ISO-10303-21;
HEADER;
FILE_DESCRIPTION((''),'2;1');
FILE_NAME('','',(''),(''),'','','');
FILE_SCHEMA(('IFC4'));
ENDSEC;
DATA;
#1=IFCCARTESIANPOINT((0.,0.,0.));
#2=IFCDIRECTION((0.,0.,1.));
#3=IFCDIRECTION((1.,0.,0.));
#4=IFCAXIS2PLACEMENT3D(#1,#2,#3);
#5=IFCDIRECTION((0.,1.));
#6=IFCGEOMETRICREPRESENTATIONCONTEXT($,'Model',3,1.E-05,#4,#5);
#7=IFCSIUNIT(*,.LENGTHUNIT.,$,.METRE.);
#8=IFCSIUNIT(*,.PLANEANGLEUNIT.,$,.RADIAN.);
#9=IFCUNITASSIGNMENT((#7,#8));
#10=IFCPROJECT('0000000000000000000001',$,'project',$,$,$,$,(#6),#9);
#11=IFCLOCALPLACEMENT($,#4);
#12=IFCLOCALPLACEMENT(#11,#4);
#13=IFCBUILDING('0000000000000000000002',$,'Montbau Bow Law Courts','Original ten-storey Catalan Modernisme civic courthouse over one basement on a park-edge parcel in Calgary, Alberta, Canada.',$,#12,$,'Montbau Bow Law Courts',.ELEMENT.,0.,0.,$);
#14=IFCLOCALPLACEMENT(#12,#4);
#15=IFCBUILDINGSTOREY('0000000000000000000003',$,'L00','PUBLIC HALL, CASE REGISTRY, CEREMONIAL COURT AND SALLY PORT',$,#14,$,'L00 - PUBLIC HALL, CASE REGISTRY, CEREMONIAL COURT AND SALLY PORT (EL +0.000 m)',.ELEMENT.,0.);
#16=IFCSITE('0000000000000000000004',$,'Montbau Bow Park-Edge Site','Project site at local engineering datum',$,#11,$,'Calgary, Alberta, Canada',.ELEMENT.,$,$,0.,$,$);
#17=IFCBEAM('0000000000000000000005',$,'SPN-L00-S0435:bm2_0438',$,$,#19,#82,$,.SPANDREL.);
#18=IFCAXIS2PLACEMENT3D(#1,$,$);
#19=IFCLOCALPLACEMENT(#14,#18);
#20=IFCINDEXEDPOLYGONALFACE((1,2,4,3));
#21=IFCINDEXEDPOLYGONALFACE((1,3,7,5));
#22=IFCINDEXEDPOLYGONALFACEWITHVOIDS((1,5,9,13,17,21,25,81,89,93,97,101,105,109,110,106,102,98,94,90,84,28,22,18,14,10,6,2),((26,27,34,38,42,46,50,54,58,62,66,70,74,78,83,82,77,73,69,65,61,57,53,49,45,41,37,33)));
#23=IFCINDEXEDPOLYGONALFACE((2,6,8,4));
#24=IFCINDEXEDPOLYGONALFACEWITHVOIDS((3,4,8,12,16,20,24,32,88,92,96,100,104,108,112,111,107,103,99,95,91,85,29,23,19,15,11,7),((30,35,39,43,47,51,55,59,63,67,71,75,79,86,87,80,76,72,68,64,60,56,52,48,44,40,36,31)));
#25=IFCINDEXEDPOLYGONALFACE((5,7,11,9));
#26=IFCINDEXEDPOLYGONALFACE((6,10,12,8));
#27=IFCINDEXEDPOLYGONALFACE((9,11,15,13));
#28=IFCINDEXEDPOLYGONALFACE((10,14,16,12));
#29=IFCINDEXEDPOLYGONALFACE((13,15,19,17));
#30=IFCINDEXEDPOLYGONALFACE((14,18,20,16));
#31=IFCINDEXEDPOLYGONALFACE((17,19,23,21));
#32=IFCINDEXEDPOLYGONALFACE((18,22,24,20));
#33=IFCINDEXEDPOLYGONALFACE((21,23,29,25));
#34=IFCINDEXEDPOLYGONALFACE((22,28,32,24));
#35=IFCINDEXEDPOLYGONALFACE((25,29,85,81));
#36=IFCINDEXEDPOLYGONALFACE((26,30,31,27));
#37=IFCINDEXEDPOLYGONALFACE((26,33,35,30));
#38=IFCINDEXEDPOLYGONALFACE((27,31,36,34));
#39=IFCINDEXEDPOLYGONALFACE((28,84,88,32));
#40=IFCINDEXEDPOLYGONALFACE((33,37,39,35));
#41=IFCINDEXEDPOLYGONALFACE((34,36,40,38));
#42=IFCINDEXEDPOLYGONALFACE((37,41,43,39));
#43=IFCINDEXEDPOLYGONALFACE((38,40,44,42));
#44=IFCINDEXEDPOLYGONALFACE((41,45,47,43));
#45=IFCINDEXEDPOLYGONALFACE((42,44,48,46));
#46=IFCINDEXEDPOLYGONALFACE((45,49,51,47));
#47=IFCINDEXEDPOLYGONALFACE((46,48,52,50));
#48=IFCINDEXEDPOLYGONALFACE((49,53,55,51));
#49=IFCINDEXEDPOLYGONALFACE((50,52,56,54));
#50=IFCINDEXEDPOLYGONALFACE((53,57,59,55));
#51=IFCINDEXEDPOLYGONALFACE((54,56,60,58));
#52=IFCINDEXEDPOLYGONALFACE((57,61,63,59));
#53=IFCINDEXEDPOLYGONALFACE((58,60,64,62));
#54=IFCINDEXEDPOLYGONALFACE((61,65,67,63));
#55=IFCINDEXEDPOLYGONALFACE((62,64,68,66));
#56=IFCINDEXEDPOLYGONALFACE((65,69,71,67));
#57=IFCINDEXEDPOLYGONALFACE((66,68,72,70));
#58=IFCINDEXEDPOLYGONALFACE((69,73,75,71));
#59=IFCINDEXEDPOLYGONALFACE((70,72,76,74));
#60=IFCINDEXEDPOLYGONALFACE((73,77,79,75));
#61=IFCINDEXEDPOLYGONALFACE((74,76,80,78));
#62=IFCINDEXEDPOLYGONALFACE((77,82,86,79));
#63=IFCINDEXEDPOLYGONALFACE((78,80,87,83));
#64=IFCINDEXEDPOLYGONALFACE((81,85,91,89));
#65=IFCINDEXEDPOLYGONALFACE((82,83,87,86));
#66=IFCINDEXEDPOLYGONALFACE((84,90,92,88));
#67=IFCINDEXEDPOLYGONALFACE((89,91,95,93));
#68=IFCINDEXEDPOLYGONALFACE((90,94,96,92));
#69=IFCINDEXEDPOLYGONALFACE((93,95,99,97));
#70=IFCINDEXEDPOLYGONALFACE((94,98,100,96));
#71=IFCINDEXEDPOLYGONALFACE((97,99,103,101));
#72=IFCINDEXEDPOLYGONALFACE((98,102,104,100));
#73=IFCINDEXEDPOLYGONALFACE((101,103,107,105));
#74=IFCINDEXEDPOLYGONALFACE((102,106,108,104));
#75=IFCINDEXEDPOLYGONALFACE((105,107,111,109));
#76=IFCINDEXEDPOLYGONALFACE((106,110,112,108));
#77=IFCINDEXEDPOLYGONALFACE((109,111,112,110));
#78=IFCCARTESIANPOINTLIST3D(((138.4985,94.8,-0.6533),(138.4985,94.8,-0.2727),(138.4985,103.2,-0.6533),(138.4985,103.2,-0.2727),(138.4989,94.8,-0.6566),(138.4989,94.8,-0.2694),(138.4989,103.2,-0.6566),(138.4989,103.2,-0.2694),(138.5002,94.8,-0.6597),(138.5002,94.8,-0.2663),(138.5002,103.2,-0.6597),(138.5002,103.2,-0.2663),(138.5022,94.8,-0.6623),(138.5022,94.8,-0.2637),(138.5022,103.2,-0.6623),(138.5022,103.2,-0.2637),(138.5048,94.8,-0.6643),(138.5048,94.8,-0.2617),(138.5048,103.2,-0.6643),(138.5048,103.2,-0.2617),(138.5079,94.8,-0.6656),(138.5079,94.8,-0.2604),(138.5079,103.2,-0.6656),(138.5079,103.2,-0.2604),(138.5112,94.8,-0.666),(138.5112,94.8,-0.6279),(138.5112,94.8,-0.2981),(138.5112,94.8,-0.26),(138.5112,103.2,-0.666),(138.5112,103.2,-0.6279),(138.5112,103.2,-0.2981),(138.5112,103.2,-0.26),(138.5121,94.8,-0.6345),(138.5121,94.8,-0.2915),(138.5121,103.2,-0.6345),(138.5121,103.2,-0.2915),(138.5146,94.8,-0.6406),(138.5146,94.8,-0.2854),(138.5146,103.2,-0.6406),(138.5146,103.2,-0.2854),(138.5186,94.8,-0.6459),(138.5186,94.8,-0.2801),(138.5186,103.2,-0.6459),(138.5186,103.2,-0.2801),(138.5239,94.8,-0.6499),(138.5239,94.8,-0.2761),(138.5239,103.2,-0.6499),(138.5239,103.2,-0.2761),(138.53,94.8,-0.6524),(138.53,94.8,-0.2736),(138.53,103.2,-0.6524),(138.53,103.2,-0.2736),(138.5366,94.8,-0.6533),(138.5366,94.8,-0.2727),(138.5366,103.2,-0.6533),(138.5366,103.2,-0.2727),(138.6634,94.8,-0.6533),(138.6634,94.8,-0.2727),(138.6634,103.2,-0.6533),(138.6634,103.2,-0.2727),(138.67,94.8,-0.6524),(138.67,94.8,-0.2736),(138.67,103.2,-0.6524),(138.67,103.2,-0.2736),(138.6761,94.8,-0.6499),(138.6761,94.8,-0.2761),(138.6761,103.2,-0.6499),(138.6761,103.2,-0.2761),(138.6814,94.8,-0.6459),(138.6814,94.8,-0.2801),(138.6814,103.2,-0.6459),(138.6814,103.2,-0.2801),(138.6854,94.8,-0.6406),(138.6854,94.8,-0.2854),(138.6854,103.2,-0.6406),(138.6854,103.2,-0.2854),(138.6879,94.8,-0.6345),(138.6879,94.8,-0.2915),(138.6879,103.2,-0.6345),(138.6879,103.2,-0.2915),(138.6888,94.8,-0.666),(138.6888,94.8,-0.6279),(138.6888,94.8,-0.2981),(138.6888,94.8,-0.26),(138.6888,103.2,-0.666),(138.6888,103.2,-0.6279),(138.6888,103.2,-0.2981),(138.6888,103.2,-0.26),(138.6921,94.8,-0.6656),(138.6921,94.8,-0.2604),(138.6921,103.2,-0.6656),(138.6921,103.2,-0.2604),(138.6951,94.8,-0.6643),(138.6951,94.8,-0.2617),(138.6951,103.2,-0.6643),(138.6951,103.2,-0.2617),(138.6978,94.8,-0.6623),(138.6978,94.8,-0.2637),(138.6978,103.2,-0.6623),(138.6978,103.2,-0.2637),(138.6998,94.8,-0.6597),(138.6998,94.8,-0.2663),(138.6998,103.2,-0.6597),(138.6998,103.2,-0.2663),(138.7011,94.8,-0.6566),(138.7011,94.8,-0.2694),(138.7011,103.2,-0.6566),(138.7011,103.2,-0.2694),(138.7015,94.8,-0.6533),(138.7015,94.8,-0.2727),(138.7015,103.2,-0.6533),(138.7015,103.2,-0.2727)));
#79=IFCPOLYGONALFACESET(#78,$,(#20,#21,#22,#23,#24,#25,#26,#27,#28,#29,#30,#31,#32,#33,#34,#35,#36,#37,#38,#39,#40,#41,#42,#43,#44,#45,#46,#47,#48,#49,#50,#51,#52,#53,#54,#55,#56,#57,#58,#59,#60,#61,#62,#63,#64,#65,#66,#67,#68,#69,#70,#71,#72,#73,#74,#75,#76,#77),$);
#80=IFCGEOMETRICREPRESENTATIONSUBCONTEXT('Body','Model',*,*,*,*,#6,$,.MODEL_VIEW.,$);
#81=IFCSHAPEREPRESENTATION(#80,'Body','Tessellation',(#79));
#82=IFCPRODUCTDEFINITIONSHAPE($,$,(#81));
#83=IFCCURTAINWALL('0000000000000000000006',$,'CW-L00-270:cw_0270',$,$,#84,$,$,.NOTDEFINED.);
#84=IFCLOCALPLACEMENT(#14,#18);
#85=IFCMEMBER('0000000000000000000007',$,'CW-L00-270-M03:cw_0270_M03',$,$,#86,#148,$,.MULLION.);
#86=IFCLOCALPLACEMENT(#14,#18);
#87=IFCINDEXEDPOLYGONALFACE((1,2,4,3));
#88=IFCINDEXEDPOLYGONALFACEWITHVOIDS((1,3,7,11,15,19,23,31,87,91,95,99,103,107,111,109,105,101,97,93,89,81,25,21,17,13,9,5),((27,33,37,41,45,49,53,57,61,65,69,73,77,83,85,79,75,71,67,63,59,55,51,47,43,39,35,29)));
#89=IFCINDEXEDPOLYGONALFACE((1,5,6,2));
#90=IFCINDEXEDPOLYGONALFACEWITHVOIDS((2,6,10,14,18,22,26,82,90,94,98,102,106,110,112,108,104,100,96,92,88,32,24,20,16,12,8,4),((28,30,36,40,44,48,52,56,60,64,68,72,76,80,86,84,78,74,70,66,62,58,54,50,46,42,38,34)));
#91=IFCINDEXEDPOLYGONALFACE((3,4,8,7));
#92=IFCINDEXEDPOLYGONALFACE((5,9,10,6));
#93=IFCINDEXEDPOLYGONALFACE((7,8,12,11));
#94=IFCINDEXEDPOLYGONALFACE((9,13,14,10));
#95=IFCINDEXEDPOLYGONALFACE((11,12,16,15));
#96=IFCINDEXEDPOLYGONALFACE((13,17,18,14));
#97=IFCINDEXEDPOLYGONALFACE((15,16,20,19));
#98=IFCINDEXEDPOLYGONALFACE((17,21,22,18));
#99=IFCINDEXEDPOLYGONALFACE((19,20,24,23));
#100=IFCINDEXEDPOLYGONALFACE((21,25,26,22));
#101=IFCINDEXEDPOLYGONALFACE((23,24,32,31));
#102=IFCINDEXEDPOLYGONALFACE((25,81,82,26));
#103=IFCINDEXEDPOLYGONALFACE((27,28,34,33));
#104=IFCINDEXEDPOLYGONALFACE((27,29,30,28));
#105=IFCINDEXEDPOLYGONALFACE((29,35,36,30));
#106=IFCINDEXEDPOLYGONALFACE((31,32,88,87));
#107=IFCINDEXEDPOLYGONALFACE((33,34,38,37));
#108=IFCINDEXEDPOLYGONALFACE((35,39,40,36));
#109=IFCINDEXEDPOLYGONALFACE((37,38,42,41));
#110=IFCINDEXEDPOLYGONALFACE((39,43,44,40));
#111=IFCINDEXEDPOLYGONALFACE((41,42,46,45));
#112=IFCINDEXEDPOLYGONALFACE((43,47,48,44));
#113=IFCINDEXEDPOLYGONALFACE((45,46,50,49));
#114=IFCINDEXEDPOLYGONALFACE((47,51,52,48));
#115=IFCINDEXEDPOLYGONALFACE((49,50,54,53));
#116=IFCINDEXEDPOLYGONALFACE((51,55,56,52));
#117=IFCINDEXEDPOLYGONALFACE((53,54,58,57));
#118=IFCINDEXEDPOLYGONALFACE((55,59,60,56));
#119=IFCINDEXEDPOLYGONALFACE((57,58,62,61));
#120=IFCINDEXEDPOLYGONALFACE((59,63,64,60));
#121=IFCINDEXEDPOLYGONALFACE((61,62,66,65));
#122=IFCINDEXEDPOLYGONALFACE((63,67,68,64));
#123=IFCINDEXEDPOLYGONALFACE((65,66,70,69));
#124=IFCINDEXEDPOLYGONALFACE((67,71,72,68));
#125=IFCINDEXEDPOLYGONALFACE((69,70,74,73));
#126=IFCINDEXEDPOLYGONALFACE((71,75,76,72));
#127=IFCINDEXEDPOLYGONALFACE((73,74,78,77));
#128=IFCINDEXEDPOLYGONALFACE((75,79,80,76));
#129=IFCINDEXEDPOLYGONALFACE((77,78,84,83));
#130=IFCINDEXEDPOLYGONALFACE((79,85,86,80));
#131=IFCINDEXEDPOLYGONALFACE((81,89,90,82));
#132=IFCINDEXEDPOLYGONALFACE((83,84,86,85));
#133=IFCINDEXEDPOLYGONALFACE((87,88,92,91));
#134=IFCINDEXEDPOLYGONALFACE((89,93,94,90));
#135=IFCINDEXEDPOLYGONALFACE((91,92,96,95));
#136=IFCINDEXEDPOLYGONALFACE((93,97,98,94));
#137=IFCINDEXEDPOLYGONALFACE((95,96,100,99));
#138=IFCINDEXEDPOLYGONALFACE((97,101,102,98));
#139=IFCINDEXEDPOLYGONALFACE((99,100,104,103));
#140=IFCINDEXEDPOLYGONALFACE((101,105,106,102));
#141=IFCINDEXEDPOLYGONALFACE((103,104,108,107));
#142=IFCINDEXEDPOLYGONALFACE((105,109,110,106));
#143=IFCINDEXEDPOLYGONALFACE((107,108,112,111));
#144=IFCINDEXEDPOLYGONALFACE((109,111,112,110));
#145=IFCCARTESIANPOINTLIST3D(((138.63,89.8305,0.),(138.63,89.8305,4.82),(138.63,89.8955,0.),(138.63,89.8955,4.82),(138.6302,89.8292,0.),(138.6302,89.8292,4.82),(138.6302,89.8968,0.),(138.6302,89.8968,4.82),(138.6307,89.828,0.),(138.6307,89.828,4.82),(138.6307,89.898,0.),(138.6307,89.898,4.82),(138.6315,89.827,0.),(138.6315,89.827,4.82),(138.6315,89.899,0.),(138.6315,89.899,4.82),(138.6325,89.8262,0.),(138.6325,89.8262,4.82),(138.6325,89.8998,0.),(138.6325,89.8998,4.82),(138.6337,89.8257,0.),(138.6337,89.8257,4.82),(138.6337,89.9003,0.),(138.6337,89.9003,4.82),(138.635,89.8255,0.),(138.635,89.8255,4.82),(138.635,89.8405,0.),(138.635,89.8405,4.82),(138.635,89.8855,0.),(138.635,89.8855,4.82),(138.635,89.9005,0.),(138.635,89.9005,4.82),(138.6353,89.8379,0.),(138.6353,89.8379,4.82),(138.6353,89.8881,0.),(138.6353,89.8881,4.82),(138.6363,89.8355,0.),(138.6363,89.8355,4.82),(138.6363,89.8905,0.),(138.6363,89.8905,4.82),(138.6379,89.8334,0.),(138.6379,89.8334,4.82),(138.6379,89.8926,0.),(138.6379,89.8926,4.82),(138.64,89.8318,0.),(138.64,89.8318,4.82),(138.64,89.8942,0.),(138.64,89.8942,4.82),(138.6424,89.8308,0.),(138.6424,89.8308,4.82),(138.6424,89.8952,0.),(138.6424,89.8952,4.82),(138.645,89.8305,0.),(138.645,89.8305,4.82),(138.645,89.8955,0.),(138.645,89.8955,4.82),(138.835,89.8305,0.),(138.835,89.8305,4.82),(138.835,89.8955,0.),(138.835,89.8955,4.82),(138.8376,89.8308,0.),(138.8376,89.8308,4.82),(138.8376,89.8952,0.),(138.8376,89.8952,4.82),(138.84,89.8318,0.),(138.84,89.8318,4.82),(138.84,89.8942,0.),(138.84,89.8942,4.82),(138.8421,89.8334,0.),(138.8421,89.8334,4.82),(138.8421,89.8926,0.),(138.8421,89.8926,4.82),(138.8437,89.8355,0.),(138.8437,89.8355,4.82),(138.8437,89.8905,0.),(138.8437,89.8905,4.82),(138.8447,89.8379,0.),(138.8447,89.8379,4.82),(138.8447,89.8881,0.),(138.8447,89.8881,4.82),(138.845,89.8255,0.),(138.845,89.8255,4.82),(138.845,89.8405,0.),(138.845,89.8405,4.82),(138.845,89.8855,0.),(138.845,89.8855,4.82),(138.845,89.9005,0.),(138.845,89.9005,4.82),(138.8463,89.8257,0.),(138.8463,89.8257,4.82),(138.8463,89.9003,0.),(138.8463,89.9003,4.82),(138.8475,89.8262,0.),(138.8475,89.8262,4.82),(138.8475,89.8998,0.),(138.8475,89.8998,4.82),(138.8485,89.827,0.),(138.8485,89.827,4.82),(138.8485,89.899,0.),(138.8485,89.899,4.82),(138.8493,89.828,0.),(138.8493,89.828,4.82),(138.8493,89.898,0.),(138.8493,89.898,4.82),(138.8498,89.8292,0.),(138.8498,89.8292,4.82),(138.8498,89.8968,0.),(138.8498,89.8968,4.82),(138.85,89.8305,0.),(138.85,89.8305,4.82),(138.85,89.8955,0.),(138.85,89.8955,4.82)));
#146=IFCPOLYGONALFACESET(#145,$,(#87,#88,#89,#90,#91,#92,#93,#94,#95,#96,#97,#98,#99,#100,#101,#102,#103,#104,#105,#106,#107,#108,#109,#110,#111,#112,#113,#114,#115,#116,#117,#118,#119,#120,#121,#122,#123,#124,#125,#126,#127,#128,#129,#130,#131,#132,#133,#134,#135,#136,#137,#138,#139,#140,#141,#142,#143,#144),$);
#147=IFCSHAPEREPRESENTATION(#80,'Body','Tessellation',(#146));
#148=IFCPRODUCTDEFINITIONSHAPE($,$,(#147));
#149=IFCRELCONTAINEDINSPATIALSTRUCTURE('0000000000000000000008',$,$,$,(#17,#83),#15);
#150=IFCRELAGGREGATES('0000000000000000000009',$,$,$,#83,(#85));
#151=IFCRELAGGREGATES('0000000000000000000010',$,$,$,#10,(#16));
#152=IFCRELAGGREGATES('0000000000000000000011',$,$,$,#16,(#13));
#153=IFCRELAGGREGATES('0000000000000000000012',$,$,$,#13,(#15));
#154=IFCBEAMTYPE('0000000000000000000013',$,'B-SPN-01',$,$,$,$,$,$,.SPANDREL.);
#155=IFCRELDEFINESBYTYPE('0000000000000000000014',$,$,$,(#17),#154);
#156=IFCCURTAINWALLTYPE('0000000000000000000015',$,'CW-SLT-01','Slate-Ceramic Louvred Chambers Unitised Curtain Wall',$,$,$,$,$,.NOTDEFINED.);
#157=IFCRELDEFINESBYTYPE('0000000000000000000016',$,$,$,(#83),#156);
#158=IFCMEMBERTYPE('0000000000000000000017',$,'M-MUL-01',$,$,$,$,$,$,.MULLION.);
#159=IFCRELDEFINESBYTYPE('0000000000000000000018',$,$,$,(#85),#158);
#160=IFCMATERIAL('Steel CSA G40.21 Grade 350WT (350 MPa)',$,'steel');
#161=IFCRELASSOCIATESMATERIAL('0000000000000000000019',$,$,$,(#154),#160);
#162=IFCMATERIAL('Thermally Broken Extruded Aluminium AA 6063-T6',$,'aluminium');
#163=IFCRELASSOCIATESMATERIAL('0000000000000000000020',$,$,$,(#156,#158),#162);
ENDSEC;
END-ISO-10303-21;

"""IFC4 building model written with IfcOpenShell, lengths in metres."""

from ifc_helpers import new_model, si_unit, direction, frame, origin_with_axes, origin_2d_with_axis, place, context, subcontext, project, spatial, hollow_rectangle, extrude, material, material_profile, profile_set, type_object, element, aggregate, save


model = new_model("IFC4")

# Units and contexts
model_context = context("Model", 3, precision=1e-05, world=origin_with_axes(), true_north=direction((0.0, 1.0)))
body_context = subcontext(model_context, "Body", "Model", "MODEL_VIEW")
ifc_project = project(units=[si_unit("LENGTHUNIT", "METRE"), si_unit("PLANEANGLEUNIT", "RADIAN")], contexts=[model_context])

# Site, building, storey
site_placement = place(None, origin_with_axes())
site = spatial("IfcSite", under=ifc_project, at=site_placement, Name="Montbau Bow Park-Edge Site", Description="Project site at local engineering datum", LongName="Calgary, Alberta, Canada", CompositionType="ELEMENT", RefElevation=0.0)
building_placement = place(site_placement, origin_with_axes())
building = spatial("IfcBuilding", under=site, at=building_placement, Name="Montbau Bow Law Courts", Description="Original ten-storey Catalan Modernisme civic courthouse over one basement on a park-edge parcel in Calgary, Alberta, Canada.", LongName="Montbau Bow Law Courts", CompositionType="ELEMENT", ElevationOfRefHeight=0.0, ElevationOfTerrain=0.0)
storey_placement = place(building_placement, origin_with_axes())
storey = spatial("IfcBuildingStorey", under=building, at=storey_placement, Name="L00", Description="PUBLIC HALL, CASE REGISTRY, CEREMONIAL COURT AND SALLY PORT", LongName="L00 - PUBLIC HALL, CASE REGISTRY, CEREMONIAL COURT AND SALLY PORT (EL +0.000 m)", CompositionType="ELEMENT", Elevation=0.0)

# Beam
ifc_material_1 = material(Name="Steel CSA G40.21 Grade 350WT (350 MPa)", Category="steel")
ifc_material_profile_1 = material_profile(ifc_material_1, hollow_rectangle(XDim=0.203, YDim=0.406, WallThickness=0.0127, InnerFilletRadius=0.0254, OuterFilletRadius=0.0127, at=origin_2d_with_axis()), Name="HSS406X203X13", Category="Main", Priority=0)
ifc_profile_set_1 = profile_set([ifc_material_profile_1], Name="Steel CSA G40.21 Grade 350WT (350 MPa)")
beam_type_1 = type_object("IfcBeamType", Name="B-SPN-01", PredefinedType="SPANDREL", material=ifc_profile_set_1)
beam_1_placement = place(None, frame((138.6, 94.8, -0.463), z_axis=(0.0, 1.0, 0.0), x_axis=(-1.0, 0.0, 0.0)))
element("IfcBeam", 1, at=beam_1_placement, inside=storey, type_object=beam_type_1, Name="SPN-L00-S0435:bm2_0438", PredefinedType="SPANDREL", context=body_context, shape_type="SweptSolid", body=[
    extrude(hollow_rectangle(XDim=0.203, YDim=0.406, WallThickness=0.0127, InnerFilletRadius=0.0254, OuterFilletRadius=0.0127, at=origin_2d_with_axis()), origin_with_axes(), (0.0, 0.0, 1.0), 8.4),
])

# Curtain wall, member
ifc_material_2 = material(Name="Thermally Broken Extruded Aluminium AA 6063-T6", Category="aluminium")
curtain_wall_type = type_object("IfcCurtainWallType", Name="CW-SLT-01", Description="Slate-Ceramic Louvred Chambers Unitised Curtain Wall", PredefinedType="NOTDEFINED", material=ifc_material_2)
curtain_wall_placement = place(None, frame((138.74, 86.915, 0.0), z_axis=(0.0, 0.0, 1.0), x_axis=(1.0, 0.0, 0.0)))
curtain_wall = element("IfcCurtainWall", 2, at=curtain_wall_placement, inside=storey, type_object=curtain_wall_type, Name="CW-L00-270:cw_0270", PredefinedType="NOTDEFINED")
ifc_material_profile_2 = material_profile(ifc_material_2, hollow_rectangle(XDim=0.075, YDim=0.22, WallThickness=0.005, InnerFilletRadius=0.01, OuterFilletRadius=0.005, at=origin_2d_with_axis()), Name="CWM-220X75", Category="Main", Priority=0)
ifc_profile_set_2 = profile_set([ifc_material_profile_2], Name="Thermally Broken Extruded Aluminium AA 6063-T6")
member_type_1 = type_object("IfcMemberType", Name="M-MUL-01", PredefinedType="MULLION", material=ifc_profile_set_2)
member_1_placement = place(None, frame((138.74, 89.863, 0.0), z_axis=(0.0, 0.0, 1.0), x_axis=(0.0, 1.0, 0.0)))
member_1 = element("IfcMember", 3, at=member_1_placement, type_object=member_type_1, Name="CW-L00-270-M03:cw_0270_M03", PredefinedType="MULLION", context=body_context, shape_type="SweptSolid", body=[
    extrude(hollow_rectangle(XDim=0.075, YDim=0.22, WallThickness=0.005, InnerFilletRadius=0.01, OuterFilletRadius=0.005, at=origin_2d_with_axis()), origin_with_axes(), (0.0, 0.0, 1.0), 4.82),
])
aggregate(curtain_wall, [member_1])

save(model, "model.ifc")
